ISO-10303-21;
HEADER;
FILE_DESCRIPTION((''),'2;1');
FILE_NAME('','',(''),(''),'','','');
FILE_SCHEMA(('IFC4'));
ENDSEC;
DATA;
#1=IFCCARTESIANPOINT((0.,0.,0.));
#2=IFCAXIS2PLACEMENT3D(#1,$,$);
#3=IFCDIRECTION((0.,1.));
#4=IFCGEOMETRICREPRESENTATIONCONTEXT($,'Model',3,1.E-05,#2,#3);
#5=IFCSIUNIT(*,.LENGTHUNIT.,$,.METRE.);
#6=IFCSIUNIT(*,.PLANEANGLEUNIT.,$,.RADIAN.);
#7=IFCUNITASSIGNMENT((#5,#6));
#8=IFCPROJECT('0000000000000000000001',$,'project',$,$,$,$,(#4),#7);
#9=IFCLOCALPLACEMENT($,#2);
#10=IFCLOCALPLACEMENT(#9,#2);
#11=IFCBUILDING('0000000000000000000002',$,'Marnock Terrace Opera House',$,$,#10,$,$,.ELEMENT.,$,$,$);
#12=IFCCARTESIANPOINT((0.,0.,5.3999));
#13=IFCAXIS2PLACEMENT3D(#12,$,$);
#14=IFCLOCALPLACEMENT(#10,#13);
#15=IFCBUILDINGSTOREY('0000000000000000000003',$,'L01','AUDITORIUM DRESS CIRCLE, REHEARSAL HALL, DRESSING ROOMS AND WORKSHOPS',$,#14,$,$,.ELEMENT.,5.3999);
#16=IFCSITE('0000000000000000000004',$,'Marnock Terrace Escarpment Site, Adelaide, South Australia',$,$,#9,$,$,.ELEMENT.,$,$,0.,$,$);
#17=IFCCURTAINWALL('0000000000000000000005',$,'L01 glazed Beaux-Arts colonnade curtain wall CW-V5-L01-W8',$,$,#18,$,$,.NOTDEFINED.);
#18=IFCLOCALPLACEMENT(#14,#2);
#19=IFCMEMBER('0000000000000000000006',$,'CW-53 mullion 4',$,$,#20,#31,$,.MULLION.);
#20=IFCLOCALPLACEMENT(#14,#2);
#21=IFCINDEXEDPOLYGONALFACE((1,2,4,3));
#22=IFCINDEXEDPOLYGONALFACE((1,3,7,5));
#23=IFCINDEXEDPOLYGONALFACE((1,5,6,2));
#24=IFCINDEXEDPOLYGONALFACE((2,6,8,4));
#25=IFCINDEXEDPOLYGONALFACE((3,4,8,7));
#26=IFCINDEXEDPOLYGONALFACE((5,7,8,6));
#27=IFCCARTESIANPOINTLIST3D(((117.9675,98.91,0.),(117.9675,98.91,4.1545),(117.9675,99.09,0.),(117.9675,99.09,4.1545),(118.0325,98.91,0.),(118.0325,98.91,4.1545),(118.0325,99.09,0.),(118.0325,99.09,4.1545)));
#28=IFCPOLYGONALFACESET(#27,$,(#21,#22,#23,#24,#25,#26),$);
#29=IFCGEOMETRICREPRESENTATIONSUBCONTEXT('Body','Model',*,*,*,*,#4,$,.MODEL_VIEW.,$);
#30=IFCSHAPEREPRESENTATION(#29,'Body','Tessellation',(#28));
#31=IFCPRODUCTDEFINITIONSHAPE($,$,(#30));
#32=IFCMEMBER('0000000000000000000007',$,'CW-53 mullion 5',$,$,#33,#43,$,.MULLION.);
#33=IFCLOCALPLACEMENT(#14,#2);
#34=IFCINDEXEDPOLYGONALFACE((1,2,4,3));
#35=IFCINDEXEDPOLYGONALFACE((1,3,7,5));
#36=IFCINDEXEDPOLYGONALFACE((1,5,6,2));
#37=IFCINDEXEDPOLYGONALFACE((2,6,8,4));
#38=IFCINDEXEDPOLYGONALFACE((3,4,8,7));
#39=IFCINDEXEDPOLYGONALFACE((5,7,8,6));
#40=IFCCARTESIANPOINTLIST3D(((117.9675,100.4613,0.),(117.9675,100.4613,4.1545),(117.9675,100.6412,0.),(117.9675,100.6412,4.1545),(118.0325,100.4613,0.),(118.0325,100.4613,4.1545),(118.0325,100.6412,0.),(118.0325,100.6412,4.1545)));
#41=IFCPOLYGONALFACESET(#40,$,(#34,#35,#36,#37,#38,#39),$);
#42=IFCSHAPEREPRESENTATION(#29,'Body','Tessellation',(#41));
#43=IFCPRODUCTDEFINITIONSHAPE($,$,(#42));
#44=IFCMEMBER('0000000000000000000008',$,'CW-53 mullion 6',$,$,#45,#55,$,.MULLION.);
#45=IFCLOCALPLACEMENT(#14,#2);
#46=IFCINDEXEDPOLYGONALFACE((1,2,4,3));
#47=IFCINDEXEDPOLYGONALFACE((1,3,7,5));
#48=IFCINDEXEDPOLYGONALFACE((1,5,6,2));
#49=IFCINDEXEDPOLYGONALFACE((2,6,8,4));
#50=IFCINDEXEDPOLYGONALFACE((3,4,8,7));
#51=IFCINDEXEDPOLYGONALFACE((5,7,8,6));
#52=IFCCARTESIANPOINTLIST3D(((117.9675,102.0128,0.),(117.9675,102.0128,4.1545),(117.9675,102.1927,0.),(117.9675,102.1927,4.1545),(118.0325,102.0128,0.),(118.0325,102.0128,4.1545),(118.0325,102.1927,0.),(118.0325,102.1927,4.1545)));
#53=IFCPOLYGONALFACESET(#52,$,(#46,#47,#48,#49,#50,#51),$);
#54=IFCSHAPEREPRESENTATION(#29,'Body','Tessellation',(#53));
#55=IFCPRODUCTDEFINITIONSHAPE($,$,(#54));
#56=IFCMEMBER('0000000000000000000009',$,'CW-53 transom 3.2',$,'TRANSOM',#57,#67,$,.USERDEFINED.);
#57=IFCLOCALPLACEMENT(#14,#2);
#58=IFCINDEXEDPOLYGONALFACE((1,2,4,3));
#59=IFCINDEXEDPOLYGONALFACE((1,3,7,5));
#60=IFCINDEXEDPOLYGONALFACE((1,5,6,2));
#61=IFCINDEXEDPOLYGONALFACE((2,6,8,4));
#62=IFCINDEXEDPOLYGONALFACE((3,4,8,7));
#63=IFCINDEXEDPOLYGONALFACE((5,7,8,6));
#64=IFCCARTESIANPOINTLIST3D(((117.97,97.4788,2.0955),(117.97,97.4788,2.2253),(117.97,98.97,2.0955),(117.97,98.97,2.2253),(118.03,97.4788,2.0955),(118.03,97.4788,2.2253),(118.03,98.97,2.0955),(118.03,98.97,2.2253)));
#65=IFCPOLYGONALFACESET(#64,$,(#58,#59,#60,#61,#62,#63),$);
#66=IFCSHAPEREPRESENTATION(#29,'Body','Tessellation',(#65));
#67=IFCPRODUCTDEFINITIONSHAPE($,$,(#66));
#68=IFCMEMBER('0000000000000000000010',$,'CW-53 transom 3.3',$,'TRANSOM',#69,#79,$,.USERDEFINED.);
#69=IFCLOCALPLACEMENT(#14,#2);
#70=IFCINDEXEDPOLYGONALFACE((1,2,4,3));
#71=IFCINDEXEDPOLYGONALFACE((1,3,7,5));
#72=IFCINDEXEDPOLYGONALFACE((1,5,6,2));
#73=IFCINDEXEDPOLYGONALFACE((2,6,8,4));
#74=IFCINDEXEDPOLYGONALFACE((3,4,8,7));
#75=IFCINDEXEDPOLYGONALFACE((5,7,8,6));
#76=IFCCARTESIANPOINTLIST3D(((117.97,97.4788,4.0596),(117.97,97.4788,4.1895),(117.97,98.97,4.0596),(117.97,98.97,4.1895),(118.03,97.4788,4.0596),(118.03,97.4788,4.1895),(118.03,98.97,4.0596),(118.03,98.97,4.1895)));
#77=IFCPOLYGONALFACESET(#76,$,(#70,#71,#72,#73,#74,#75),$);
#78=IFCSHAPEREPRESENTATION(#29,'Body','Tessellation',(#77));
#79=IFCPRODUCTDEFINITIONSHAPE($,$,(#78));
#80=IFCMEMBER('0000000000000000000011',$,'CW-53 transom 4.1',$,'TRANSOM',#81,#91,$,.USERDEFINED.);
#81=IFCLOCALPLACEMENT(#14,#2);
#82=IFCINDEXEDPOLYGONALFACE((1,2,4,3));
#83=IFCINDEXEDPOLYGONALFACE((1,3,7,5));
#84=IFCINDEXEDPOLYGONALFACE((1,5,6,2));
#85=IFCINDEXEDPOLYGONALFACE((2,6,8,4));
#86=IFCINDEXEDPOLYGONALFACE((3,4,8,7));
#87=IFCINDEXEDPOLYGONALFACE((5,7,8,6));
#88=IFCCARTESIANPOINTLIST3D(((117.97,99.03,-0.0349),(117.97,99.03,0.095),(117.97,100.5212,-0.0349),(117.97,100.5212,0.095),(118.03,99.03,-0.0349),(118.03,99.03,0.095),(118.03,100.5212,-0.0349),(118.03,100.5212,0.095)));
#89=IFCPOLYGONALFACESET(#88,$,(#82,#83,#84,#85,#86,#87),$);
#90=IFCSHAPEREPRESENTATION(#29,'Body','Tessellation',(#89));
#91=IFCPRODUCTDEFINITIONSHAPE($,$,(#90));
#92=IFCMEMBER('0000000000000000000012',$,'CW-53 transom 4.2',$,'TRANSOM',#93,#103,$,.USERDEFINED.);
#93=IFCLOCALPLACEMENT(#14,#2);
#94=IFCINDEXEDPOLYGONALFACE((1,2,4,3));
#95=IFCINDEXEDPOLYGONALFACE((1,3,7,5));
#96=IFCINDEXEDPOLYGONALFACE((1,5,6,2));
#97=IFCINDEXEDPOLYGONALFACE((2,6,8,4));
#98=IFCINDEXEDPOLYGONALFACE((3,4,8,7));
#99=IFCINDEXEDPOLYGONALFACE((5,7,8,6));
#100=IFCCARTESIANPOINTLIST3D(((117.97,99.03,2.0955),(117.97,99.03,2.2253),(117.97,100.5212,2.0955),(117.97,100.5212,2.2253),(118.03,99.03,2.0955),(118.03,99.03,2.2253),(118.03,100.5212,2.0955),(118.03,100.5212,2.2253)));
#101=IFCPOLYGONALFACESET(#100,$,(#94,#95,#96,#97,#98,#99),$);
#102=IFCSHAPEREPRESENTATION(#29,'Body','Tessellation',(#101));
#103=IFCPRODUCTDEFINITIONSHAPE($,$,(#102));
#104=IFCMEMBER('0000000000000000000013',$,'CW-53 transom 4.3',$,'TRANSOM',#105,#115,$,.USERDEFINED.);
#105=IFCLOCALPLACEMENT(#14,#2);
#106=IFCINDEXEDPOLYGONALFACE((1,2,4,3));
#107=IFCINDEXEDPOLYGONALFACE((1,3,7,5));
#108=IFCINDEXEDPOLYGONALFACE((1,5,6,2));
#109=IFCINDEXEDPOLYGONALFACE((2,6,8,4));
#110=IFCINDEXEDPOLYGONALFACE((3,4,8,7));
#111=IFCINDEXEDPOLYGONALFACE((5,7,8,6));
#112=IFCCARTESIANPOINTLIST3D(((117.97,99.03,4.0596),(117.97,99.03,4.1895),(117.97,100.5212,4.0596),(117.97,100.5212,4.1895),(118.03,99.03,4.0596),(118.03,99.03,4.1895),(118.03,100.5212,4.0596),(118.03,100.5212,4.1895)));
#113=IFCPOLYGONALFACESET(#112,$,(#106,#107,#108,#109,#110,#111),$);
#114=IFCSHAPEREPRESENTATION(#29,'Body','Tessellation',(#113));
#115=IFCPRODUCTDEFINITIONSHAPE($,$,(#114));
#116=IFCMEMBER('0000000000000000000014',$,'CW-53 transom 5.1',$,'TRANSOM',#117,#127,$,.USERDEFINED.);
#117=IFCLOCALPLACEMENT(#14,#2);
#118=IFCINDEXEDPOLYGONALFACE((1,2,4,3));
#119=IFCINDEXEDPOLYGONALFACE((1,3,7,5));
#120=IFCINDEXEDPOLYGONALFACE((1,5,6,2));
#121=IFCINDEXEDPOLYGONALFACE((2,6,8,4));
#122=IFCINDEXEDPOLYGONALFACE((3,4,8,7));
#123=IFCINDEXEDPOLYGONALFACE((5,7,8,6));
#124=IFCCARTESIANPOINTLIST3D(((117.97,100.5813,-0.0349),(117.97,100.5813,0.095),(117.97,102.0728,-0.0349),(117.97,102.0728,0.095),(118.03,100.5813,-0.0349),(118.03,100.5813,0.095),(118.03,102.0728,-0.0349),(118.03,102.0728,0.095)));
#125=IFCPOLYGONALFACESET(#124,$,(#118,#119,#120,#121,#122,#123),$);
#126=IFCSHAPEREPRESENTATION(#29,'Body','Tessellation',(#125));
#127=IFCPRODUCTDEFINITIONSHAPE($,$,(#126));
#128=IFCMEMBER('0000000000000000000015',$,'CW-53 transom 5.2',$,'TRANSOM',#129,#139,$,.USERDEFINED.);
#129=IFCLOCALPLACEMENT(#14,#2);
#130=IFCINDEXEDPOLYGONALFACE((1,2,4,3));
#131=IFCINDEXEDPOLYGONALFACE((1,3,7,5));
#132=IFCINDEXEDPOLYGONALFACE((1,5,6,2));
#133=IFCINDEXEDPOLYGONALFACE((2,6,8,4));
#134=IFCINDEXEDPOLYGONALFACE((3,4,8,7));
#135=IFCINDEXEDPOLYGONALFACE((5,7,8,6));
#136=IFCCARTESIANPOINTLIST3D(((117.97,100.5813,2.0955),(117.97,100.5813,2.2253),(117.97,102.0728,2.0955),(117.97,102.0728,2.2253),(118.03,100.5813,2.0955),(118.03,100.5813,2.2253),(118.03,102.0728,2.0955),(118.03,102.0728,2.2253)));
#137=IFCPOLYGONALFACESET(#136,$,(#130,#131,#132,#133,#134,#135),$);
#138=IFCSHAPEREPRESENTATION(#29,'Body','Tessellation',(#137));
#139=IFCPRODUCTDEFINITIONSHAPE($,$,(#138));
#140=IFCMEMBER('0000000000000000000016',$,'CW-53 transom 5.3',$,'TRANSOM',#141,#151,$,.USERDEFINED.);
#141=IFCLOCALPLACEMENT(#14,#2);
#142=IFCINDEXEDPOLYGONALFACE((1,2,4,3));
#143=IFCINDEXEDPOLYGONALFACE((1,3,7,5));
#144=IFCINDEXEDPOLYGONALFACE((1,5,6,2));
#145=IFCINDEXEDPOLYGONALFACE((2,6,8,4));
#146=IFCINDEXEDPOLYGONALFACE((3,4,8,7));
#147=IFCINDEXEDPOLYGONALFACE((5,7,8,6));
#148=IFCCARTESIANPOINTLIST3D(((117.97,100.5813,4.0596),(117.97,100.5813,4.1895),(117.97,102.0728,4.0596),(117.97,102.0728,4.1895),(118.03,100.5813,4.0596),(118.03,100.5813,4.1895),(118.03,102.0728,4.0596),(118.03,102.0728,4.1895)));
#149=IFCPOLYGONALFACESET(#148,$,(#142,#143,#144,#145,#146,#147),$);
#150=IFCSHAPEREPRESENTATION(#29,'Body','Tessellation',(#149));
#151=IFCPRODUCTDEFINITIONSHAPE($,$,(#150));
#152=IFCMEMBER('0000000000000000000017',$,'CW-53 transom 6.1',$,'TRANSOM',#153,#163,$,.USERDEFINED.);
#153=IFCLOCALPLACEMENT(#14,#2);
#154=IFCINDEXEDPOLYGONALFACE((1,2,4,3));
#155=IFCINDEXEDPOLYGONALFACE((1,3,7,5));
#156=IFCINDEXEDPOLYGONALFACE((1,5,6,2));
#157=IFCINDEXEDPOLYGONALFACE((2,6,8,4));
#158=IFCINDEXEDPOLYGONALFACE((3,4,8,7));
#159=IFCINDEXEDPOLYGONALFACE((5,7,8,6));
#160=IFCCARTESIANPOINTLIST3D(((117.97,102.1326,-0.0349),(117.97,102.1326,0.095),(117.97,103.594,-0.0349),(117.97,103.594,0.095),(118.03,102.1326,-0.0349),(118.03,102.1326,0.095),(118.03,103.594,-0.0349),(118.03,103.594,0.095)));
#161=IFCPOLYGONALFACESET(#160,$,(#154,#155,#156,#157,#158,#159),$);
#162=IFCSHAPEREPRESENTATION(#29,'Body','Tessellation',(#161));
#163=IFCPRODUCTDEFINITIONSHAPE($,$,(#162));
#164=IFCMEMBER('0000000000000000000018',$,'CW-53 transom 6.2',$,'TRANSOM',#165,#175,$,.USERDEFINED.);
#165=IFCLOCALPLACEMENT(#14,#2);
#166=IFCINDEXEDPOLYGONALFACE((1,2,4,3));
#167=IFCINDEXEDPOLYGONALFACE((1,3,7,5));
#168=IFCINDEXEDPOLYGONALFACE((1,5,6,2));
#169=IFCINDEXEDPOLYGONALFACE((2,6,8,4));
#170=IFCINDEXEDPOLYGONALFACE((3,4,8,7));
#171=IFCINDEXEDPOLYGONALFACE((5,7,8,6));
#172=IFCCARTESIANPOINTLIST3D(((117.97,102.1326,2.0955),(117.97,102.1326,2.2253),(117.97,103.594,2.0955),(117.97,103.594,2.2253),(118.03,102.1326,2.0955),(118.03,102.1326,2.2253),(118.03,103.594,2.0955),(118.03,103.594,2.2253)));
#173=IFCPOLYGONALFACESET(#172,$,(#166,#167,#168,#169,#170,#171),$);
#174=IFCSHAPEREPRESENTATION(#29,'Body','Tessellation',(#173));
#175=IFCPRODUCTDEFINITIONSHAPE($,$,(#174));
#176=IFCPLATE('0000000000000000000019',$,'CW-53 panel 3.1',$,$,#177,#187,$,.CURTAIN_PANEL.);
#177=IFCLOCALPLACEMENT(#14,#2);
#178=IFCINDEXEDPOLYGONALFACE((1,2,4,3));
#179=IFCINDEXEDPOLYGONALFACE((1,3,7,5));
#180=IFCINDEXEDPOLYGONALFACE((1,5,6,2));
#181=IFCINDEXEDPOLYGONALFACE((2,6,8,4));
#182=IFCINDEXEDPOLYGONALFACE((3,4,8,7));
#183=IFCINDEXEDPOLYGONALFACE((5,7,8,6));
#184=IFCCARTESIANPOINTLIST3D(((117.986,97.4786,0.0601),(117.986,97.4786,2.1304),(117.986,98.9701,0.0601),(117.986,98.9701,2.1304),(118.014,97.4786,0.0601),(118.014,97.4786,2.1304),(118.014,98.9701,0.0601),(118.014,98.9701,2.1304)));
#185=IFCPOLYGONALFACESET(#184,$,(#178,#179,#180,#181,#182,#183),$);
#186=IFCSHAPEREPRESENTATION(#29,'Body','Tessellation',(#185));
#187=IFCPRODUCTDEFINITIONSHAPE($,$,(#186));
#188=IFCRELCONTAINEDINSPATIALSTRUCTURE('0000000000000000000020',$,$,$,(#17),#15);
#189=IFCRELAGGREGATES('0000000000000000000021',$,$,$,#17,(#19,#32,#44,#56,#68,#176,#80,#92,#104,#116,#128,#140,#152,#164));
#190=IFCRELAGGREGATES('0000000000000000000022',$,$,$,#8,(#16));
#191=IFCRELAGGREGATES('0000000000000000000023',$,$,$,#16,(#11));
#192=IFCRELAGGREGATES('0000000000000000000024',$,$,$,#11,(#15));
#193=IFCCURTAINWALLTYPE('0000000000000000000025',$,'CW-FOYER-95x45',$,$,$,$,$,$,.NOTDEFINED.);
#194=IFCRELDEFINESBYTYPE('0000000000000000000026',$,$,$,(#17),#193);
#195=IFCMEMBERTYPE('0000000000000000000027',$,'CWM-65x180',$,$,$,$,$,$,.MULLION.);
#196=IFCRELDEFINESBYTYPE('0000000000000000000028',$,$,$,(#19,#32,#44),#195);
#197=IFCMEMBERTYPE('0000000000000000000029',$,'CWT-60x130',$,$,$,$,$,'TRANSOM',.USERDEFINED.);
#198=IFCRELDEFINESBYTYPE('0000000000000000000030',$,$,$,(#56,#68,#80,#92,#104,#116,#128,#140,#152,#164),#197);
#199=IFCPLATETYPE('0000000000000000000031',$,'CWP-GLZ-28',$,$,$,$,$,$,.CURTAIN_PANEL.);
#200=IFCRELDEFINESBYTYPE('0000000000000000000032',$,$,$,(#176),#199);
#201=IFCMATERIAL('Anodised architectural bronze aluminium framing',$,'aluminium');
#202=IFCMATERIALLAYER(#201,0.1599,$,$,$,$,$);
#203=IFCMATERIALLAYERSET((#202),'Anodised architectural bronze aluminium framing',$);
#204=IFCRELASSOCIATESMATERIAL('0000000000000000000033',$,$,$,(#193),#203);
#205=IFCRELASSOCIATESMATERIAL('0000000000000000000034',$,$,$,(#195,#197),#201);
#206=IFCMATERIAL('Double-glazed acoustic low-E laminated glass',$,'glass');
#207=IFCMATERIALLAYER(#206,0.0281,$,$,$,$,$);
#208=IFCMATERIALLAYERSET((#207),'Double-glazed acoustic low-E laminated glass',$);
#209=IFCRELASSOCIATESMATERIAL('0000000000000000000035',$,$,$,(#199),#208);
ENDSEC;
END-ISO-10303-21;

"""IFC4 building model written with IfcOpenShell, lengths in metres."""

from ifc_helpers import new_model, si_unit, direction, frame, origin, origin_2d, place, context, subcontext, project, spatial, rectangle, extrude, material, layer, layer_set, material_profile, profile_set, type_object, element, aggregate, save


model = new_model("IFC4")

# Units and contexts
model_context = context("Model", 3, precision=1e-05, world=origin(), true_north=direction((0.0, 1.0)))
body_context = subcontext(model_context, "Body", "Model", "MODEL_VIEW")
ifc_project = project(units=[si_unit("LENGTHUNIT", "METRE"), si_unit("PLANEANGLEUNIT", "RADIAN")], contexts=[model_context])

# Site, building, storey
site_placement = place(None, origin())
site = spatial("IfcSite", under=ifc_project, at=site_placement, Name="Marnock Terrace Escarpment Site, Adelaide, South Australia", CompositionType="ELEMENT", RefElevation=0.0)
building_placement = place(site_placement, origin())
building = spatial("IfcBuilding", under=site, at=building_placement, Name="Marnock Terrace Opera House", CompositionType="ELEMENT")
storey_placement = place(building_placement, frame((0.0, 0.0, 5.3999)))
storey = spatial("IfcBuildingStorey", under=building, at=storey_placement, Name="L01", Description="AUDITORIUM DRESS CIRCLE, REHEARSAL HALL, DRESSING ROOMS AND WORKSHOPS", CompositionType="ELEMENT", Elevation=5.3999)

# Curtain wall, members, plate
ifc_material_1 = material(Name="Anodised architectural bronze aluminium framing", Category="aluminium")
ifc_layer_1 = layer(ifc_material_1, 0.1599)
ifc_layer_set_1 = layer_set([ifc_layer_1], Name="Anodised architectural bronze aluminium framing")
curtain_wall_type = type_object("IfcCurtainWallType", Name="CW-FOYER-95x45", PredefinedType="NOTDEFINED", material=ifc_layer_set_1)
curtain_wall_placement = place(storey_placement, origin())
curtain_wall = element("IfcCurtainWall", 1, at=curtain_wall_placement, inside=storey, type_object=curtain_wall_type, Name="L01 glazed Beaux-Arts colonnade curtain wall CW-V5-L01-W8", PredefinedType="NOTDEFINED")
ifc_material_profile_1 = material_profile(ifc_material_1, rectangle(XDim=0.0649, YDim=0.1799, at=origin_2d()))
ifc_profile_set_1 = profile_set([ifc_material_profile_1], Name="Anodised architectural bronze aluminium framing")
member_type_1 = type_object("IfcMemberType", Name="CWM-65x180", PredefinedType="MULLION", material=ifc_profile_set_1)
member_1_placement = place(storey_placement, frame((118.0, 99.0, 0.0), z_axis=(0.0, 0.0, 1.0), x_axis=(-1.0, 0.0, 0.0)))
member_1 = element("IfcMember", 2, at=member_1_placement, type_object=member_type_1, Name="CW-53 mullion 4", PredefinedType="MULLION", context=body_context, shape_type="SweptSolid", body=[
    extrude(rectangle(XDim=0.0649, YDim=0.1799, at=origin_2d()), origin(), (0.0, 0.0, 1.0), 4.1545),
])
member_2_placement = place(storey_placement, frame((118.0, 100.5513, 0.0), z_axis=(0.0, 0.0, 1.0), x_axis=(-1.0, 0.0, 0.0)))
member_2 = element("IfcMember", 3, at=member_2_placement, type_object=member_type_1, Name="CW-53 mullion 5", PredefinedType="MULLION", context=body_context, shape_type="SweptSolid", body=[
    extrude(rectangle(XDim=0.0649, YDim=0.1799, at=origin_2d()), origin(), (0.0, 0.0, 1.0), 4.1545),
])
member_3_placement = place(storey_placement, frame((118.0, 102.1028, 0.0), z_axis=(0.0, 0.0, 1.0), x_axis=(-1.0, 0.0, 0.0)))
member_3 = element("IfcMember", 4, at=member_3_placement, type_object=member_type_1, Name="CW-53 mullion 6", PredefinedType="MULLION", context=body_context, shape_type="SweptSolid", body=[
    extrude(rectangle(XDim=0.0649, YDim=0.1799, at=origin_2d()), origin(), (0.0, 0.0, 1.0), 4.1545),
])
ifc_material_profile_2 = material_profile(ifc_material_1, rectangle(XDim=0.0601, YDim=0.1299, at=origin_2d()))
ifc_profile_set_2 = profile_set([ifc_material_profile_2], Name="Anodised architectural bronze aluminium framing")
member_type_2 = type_object("IfcMemberType", Name="CWT-60x130", ElementType="TRANSOM", PredefinedType="USERDEFINED", material=ifc_profile_set_2)
member_4_placement = place(storey_placement, frame((118.0, 97.4788, 2.1604), z_axis=(0.0, 1.0, 0.0), x_axis=(-1.0, 0.0, 0.0)))
member_4 = element("IfcMember", 5, at=member_4_placement, type_object=member_type_2, Name="CW-53 transom 3.2", ObjectType="TRANSOM", PredefinedType="USERDEFINED", context=body_context, shape_type="SweptSolid", body=[
    extrude(rectangle(XDim=0.0601, YDim=0.1299, at=origin_2d()), origin(), (0.0, 0.0, 1.0), 1.4912),
])
member_5_placement = place(storey_placement, frame((118.0, 97.4788, 4.1245), z_axis=(0.0, 1.0, 0.0), x_axis=(-1.0, 0.0, 0.0)))
member_5 = element("IfcMember", 6, at=member_5_placement, type_object=member_type_2, Name="CW-53 transom 3.3", ObjectType="TRANSOM", PredefinedType="USERDEFINED", context=body_context, shape_type="SweptSolid", body=[
    extrude(rectangle(XDim=0.0601, YDim=0.1299, at=origin_2d()), origin(), (0.0, 0.0, 1.0), 1.4912),
])
member_6_placement = place(storey_placement, frame((118.0, 99.03, 0.03), z_axis=(0.0, 1.0, 0.0), x_axis=(-1.0, 0.0, 0.0)))
member_6 = element("IfcMember", 7, at=member_6_placement, type_object=member_type_2, Name="CW-53 transom 4.1", ObjectType="TRANSOM", PredefinedType="USERDEFINED", context=body_context, shape_type="SweptSolid", body=[
    extrude(rectangle(XDim=0.0601, YDim=0.1299, at=origin_2d()), origin(), (0.0, 0.0, 1.0), 1.4912),
])
member_7_placement = place(storey_placement, frame((118.0, 99.03, 2.1604), z_axis=(0.0, 1.0, 0.0), x_axis=(-1.0, 0.0, 0.0)))
member_7 = element("IfcMember", 8, at=member_7_placement, type_object=member_type_2, Name="CW-53 transom 4.2", ObjectType="TRANSOM", PredefinedType="USERDEFINED", context=body_context, shape_type="SweptSolid", body=[
    extrude(rectangle(XDim=0.0601, YDim=0.1299, at=origin_2d()), origin(), (0.0, 0.0, 1.0), 1.4912),
])
member_8_placement = place(storey_placement, frame((118.0, 99.03, 4.1245), z_axis=(0.0, 1.0, 0.0), x_axis=(-1.0, 0.0, 0.0)))
member_8 = element("IfcMember", 9, at=member_8_placement, type_object=member_type_2, Name="CW-53 transom 4.3", ObjectType="TRANSOM", PredefinedType="USERDEFINED", context=body_context, shape_type="SweptSolid", body=[
    extrude(rectangle(XDim=0.0601, YDim=0.1299, at=origin_2d()), origin(), (0.0, 0.0, 1.0), 1.4912),
])
member_9_placement = place(storey_placement, frame((118.0, 100.5813, 0.03), z_axis=(0.0, 1.0, 0.0), x_axis=(-1.0, 0.0, 0.0)))
member_9 = element("IfcMember", 10, at=member_9_placement, type_object=member_type_2, Name="CW-53 transom 5.1", ObjectType="TRANSOM", PredefinedType="USERDEFINED", context=body_context, shape_type="SweptSolid", body=[
    extrude(rectangle(XDim=0.0601, YDim=0.1299, at=origin_2d()), origin(), (0.0, 0.0, 1.0), 1.4915),
])
member_10_placement = place(storey_placement, frame((118.0, 100.5813, 2.1604), z_axis=(0.0, 1.0, 0.0), x_axis=(-1.0, 0.0, 0.0)))
member_10 = element("IfcMember", 11, at=member_10_placement, type_object=member_type_2, Name="CW-53 transom 5.2", ObjectType="TRANSOM", PredefinedType="USERDEFINED", context=body_context, shape_type="SweptSolid", body=[
    extrude(rectangle(XDim=0.0601, YDim=0.1299, at=origin_2d()), origin(), (0.0, 0.0, 1.0), 1.4915),
])
member_11_placement = place(storey_placement, frame((118.0, 100.5813, 4.1245), z_axis=(0.0, 1.0, 0.0), x_axis=(-1.0, 0.0, 0.0)))
member_11 = element("IfcMember", 12, at=member_11_placement, type_object=member_type_2, Name="CW-53 transom 5.3", ObjectType="TRANSOM", PredefinedType="USERDEFINED", context=body_context, shape_type="SweptSolid", body=[
    extrude(rectangle(XDim=0.0601, YDim=0.1299, at=origin_2d()), origin(), (0.0, 0.0, 1.0), 1.4915),
])
member_12_placement = place(storey_placement, frame((118.0, 102.1326, 0.03), z_axis=(0.0, 1.0, 0.0), x_axis=(-1.0, 0.0, 0.0)))
member_12 = element("IfcMember", 13, at=member_12_placement, type_object=member_type_2, Name="CW-53 transom 6.1", ObjectType="TRANSOM", PredefinedType="USERDEFINED", context=body_context, shape_type="SweptSolid", body=[
    extrude(rectangle(XDim=0.0601, YDim=0.1299, at=origin_2d()), origin(), (0.0, 0.0, 1.0), 1.4614),
])
member_13_placement = place(storey_placement, frame((118.0, 102.1326, 2.1604), z_axis=(0.0, 1.0, 0.0), x_axis=(-1.0, 0.0, 0.0)))
member_13 = element("IfcMember", 14, at=member_13_placement, type_object=member_type_2, Name="CW-53 transom 6.2", ObjectType="TRANSOM", PredefinedType="USERDEFINED", context=body_context, shape_type="SweptSolid", body=[
    extrude(rectangle(XDim=0.0601, YDim=0.1299, at=origin_2d()), origin(), (0.0, 0.0, 1.0), 1.4614),
])
ifc_material_2 = material(Name="Double-glazed acoustic low-E laminated glass", Category="glass")
ifc_layer_2 = layer(ifc_material_2, 0.0281)
ifc_layer_set_2 = layer_set([ifc_layer_2], Name="Double-glazed acoustic low-E laminated glass")
plate_type = type_object("IfcPlateType", Name="CWP-GLZ-28", PredefinedType="CURTAIN_PANEL", material=ifc_layer_set_2)
plate_1_placement = place(storey_placement, frame((118.0, 98.2244, 0.0601), z_axis=(0.0, 0.0, 1.0), x_axis=(0.0, 1.0, 0.0)))
plate_1 = element("IfcPlate", 15, at=plate_1_placement, type_object=plate_type, Name="CW-53 panel 3.1", PredefinedType="CURTAIN_PANEL", context=body_context, shape_type="SweptSolid", body=[
    extrude(rectangle(XDim=1.4915, YDim=0.0281, at=origin_2d()), origin(), (0.0, 0.0, 1.0), 2.0703),
])
aggregate(curtain_wall, [member_1, member_2, member_3, member_4, member_5, plate_1, member_6, member_7, member_8, member_9, member_10, member_11, member_12, member_13])

save(model, "model.ifc")
